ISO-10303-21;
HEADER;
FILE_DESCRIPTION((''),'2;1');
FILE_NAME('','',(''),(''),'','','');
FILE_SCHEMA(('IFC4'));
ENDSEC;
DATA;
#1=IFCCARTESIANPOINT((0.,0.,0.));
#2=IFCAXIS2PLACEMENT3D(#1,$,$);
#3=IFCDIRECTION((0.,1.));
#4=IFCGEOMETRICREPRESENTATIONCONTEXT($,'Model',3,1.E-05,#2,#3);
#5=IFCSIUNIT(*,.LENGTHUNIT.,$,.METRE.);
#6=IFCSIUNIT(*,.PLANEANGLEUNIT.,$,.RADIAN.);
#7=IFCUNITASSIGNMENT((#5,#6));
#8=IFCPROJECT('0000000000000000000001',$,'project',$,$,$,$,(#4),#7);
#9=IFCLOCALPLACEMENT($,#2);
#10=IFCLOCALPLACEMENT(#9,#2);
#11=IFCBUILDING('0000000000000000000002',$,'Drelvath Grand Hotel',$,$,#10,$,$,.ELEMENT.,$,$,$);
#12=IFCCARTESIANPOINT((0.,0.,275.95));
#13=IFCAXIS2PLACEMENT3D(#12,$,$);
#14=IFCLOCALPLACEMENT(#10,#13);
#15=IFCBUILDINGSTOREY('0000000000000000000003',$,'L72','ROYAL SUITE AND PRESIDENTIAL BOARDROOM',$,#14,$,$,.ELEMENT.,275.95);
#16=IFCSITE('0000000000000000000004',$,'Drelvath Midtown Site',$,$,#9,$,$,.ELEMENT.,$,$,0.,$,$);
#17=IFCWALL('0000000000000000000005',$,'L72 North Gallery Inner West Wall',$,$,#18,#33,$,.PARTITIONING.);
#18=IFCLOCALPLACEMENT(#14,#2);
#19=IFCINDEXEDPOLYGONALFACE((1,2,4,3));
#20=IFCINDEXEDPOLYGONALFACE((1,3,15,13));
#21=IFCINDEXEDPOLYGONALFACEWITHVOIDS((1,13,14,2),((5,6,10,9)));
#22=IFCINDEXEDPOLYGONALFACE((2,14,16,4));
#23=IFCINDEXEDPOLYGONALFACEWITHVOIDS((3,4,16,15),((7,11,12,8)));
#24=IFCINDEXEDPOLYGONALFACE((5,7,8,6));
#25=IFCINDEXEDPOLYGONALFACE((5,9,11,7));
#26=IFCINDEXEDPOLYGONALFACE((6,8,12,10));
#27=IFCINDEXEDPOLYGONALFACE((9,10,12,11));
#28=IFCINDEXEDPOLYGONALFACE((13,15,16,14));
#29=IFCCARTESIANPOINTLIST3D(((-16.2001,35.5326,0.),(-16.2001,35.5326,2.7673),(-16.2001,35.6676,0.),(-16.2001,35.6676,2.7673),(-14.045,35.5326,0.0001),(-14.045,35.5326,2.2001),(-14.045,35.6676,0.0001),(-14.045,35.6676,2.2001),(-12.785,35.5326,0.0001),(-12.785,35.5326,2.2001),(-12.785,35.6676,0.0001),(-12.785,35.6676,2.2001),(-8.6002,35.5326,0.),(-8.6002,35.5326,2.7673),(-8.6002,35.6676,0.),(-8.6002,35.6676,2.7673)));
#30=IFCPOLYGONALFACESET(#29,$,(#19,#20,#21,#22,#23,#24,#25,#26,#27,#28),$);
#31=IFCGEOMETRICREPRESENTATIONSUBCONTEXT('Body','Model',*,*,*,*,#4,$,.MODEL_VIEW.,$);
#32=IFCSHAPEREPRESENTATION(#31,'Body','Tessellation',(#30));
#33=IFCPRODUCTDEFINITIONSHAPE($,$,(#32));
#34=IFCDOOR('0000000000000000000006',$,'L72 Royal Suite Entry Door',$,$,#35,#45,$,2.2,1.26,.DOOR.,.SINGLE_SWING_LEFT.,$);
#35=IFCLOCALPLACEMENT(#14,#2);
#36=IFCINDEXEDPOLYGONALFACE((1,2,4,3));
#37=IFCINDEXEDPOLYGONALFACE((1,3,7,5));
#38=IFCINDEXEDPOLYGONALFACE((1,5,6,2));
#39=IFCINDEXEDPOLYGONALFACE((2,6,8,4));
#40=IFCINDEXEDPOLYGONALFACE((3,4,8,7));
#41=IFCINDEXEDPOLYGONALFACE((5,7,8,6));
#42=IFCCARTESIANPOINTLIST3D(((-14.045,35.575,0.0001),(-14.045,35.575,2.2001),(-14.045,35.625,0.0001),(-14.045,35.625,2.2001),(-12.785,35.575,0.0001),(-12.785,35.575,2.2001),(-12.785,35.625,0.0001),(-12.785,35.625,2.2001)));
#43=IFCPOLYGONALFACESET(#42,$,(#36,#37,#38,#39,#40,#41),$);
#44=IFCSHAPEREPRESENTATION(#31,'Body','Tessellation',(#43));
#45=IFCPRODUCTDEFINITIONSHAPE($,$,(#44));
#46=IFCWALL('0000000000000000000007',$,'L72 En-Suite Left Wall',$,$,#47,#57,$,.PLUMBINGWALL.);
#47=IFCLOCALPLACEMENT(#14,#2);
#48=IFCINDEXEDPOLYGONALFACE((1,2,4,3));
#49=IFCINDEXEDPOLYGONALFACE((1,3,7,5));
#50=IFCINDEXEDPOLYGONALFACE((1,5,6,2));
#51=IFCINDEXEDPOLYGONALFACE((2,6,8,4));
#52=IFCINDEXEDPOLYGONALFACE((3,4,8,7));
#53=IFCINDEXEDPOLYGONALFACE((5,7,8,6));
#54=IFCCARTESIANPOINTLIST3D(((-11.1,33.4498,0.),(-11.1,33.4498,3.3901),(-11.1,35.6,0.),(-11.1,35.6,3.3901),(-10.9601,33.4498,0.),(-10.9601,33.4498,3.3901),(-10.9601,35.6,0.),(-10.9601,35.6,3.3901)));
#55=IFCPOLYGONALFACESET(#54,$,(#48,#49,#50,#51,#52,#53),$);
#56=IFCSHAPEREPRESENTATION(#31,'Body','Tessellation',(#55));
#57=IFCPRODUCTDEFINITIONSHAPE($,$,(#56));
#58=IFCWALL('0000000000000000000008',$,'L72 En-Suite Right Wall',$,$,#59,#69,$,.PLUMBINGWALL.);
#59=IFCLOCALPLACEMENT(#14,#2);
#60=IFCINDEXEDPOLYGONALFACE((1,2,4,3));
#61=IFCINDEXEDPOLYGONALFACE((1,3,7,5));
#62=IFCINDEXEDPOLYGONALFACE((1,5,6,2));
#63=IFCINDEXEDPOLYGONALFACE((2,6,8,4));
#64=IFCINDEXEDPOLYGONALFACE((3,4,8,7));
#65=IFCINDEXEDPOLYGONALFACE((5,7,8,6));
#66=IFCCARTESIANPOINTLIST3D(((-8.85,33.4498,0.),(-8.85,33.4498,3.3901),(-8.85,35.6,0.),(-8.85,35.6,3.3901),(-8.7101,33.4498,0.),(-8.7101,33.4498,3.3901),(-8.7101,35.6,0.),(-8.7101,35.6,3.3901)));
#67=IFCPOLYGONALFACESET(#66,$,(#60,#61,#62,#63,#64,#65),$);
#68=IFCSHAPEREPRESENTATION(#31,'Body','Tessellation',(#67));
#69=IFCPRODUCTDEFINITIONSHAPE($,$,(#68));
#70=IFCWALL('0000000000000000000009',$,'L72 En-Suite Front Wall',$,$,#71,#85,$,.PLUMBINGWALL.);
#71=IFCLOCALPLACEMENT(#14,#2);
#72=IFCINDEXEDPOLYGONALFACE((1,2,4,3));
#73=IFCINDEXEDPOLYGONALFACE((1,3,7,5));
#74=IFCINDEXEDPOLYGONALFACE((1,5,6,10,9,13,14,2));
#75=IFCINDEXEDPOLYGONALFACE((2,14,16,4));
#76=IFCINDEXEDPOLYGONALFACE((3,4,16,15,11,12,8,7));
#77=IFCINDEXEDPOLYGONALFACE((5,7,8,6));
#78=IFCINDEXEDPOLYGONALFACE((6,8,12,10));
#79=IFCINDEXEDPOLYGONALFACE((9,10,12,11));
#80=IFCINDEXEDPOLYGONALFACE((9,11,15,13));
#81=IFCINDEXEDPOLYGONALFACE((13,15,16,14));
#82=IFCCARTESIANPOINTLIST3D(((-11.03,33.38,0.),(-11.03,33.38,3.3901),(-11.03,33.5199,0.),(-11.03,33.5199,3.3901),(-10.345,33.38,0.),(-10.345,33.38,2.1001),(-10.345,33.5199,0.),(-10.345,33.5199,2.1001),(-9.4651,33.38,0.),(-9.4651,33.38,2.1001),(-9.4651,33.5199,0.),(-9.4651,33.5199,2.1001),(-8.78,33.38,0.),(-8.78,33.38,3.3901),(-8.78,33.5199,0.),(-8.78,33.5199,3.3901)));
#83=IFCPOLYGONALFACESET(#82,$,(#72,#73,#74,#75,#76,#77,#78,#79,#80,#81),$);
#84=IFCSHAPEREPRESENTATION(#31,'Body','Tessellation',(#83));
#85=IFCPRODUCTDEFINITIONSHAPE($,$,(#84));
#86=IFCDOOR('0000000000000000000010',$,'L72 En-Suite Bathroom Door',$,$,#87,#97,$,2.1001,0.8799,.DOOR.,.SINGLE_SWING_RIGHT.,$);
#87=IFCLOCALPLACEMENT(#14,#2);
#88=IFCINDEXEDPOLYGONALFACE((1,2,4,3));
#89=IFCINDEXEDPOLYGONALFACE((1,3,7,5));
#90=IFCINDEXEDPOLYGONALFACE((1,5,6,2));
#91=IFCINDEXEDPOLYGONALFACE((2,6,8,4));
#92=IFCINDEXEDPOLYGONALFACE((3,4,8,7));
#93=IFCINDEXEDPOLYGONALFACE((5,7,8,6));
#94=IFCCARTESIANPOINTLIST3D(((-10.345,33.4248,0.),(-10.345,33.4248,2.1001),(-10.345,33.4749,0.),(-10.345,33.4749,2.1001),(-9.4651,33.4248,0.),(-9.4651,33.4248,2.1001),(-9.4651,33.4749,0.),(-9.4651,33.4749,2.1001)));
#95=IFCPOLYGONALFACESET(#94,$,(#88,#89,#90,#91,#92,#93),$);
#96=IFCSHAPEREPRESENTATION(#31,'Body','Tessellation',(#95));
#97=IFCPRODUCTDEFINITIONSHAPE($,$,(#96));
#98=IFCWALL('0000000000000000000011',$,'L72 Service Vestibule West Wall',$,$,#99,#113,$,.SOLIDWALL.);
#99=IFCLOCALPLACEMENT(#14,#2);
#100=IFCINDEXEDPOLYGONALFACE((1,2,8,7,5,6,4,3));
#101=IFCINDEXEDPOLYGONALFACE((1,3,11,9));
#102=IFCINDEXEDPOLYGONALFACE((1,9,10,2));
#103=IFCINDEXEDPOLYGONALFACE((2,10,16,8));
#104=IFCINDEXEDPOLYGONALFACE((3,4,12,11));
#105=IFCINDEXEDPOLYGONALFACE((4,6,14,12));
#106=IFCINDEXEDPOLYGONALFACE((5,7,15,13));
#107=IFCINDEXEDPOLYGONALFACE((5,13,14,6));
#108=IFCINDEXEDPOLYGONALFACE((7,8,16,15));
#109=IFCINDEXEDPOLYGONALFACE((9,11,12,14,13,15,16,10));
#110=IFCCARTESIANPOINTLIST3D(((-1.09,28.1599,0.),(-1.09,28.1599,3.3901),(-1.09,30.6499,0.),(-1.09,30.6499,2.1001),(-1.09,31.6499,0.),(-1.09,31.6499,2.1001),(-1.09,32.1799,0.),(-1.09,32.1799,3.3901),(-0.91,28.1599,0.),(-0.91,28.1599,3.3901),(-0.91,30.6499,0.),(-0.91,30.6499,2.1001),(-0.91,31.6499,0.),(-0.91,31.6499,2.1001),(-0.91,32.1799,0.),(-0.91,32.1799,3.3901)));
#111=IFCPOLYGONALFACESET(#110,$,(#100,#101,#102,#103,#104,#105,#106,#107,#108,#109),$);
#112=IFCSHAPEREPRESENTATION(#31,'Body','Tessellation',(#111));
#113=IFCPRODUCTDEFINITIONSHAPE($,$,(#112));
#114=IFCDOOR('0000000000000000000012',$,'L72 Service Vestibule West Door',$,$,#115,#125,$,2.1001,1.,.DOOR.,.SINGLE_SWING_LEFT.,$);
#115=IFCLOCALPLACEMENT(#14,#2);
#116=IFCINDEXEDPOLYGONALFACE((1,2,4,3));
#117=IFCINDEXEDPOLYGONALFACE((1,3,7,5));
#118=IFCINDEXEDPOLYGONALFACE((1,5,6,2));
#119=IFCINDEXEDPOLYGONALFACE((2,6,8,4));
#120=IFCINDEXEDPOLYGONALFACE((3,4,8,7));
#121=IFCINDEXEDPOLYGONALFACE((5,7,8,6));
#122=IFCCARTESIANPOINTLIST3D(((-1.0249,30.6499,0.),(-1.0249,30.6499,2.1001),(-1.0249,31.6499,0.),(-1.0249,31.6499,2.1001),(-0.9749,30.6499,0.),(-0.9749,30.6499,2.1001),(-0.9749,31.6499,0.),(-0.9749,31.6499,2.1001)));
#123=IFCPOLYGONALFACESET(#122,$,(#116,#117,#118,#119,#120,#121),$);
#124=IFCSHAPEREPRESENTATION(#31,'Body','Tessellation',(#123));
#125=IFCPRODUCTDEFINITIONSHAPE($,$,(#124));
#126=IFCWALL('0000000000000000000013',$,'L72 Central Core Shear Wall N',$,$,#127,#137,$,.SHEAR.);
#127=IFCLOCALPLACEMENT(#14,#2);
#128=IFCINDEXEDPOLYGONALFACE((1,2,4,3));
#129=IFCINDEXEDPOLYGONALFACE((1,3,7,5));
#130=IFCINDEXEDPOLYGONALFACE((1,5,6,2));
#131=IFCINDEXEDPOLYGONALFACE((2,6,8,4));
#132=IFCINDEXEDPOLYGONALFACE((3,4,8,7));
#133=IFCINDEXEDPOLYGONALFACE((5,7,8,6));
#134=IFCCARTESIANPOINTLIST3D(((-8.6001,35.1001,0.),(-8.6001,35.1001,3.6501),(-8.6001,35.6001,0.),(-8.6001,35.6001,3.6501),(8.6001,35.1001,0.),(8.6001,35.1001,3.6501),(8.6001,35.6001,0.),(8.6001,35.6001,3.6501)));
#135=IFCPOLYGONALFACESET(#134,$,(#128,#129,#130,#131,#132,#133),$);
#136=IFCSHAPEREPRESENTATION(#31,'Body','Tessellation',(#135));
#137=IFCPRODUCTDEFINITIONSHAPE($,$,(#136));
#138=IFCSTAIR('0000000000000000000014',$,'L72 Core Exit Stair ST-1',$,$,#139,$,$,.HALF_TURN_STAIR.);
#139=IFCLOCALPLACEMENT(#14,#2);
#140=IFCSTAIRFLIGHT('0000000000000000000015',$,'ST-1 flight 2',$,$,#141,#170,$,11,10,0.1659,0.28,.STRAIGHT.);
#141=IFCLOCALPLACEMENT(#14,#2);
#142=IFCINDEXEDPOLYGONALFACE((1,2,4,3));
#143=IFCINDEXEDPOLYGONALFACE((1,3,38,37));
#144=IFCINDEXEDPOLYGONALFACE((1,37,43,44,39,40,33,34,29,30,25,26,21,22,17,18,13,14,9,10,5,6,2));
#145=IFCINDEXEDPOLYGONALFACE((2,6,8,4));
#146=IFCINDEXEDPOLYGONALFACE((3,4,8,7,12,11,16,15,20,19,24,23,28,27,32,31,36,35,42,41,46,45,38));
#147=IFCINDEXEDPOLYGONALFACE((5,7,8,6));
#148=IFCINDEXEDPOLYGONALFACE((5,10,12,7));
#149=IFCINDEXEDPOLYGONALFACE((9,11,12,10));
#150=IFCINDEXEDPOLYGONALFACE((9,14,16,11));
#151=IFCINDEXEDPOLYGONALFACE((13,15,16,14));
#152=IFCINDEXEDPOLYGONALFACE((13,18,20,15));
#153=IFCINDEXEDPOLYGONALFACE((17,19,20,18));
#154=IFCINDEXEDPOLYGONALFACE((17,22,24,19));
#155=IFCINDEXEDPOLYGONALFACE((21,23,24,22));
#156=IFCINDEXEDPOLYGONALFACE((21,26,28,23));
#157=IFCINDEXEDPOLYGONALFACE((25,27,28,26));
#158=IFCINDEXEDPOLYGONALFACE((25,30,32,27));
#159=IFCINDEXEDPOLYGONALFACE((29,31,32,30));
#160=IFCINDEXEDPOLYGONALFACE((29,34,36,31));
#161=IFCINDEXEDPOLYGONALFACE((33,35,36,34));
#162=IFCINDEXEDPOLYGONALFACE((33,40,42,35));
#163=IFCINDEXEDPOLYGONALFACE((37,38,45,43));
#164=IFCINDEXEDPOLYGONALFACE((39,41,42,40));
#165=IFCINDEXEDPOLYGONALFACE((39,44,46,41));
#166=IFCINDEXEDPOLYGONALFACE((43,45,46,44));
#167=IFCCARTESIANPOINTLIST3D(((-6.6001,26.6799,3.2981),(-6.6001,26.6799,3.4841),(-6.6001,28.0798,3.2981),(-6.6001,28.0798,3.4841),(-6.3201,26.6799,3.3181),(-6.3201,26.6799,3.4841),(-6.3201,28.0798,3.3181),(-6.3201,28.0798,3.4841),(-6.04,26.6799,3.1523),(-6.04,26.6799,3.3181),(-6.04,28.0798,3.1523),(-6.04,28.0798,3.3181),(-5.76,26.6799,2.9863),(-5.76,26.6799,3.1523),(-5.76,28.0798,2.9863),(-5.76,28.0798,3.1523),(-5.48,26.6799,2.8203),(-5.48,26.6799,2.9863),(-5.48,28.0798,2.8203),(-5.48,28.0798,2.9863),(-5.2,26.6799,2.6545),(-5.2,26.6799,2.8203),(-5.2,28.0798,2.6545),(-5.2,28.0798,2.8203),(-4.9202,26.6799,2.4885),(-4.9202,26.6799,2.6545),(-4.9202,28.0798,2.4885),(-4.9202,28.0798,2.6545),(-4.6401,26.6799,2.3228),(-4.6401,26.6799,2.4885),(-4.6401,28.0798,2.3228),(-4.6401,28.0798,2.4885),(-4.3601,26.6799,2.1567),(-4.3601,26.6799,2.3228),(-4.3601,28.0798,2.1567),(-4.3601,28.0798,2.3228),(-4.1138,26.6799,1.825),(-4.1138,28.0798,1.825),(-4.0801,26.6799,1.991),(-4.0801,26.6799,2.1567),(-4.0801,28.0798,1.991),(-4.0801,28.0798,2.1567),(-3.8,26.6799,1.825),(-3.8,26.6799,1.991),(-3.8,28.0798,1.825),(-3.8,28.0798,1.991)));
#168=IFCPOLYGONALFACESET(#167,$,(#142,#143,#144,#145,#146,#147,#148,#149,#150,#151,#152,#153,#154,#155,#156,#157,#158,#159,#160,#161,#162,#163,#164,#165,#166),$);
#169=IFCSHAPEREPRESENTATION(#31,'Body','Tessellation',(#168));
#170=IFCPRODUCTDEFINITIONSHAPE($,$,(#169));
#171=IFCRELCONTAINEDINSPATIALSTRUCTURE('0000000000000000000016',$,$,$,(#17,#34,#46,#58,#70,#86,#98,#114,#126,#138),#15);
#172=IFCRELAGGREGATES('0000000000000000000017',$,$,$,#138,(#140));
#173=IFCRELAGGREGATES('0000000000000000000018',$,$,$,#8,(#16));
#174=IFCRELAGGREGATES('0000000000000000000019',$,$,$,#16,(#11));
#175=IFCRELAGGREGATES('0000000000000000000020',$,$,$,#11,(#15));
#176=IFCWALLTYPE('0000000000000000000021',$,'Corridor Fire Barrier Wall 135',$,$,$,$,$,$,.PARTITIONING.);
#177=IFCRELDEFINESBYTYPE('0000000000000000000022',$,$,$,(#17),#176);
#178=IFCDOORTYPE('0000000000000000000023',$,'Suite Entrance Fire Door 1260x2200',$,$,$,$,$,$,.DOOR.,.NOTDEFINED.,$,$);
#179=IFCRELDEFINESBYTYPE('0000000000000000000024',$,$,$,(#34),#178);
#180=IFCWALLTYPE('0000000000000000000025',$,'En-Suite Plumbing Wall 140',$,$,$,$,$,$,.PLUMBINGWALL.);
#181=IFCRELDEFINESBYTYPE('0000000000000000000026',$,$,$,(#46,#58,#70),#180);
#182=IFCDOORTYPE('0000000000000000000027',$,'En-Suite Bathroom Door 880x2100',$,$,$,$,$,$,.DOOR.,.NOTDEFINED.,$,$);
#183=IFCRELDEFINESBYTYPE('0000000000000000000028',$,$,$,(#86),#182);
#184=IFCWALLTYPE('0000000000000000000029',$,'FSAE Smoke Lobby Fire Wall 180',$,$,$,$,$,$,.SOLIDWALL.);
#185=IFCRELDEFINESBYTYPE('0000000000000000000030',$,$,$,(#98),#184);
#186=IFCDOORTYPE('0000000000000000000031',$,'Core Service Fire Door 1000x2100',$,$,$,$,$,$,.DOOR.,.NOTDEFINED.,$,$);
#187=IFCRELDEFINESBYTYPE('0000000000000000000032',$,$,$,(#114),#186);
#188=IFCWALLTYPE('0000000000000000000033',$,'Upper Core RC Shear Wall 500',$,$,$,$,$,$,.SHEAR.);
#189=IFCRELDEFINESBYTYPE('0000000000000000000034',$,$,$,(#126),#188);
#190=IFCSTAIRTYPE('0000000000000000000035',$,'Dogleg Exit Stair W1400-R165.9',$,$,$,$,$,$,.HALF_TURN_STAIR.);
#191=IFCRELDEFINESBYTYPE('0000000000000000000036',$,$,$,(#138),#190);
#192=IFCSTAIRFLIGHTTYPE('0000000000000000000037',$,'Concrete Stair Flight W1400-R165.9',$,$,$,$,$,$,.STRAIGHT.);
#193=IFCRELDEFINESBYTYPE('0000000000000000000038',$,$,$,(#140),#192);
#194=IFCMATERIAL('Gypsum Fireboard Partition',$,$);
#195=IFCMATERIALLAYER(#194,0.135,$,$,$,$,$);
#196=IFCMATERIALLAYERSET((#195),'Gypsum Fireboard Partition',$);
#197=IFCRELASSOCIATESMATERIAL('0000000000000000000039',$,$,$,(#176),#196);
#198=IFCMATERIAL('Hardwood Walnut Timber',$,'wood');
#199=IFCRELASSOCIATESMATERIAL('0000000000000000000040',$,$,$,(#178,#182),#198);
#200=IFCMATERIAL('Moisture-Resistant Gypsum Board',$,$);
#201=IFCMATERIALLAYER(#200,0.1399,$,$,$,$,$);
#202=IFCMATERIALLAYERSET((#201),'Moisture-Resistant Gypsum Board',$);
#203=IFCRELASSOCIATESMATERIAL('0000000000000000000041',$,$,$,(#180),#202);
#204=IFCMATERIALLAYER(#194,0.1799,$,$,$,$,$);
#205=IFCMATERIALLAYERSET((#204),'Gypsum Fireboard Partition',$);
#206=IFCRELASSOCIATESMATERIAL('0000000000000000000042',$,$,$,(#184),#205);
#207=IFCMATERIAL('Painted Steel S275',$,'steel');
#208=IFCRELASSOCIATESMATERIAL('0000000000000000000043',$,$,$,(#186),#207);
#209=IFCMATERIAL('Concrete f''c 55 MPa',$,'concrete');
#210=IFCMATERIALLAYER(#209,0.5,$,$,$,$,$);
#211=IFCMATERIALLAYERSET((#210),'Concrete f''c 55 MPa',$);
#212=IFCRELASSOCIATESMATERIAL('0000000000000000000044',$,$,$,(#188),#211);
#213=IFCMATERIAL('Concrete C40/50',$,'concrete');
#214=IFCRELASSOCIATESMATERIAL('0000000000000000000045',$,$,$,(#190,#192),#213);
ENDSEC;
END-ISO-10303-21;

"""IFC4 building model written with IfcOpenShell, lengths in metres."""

from ifc_helpers import new_model, si_unit, direction, frame, frame_2d, origin, place, context, subcontext, project, spatial, polyline, rectangle, outline, extrude, material, layer, layer_set, type_object, element, fill, aggregate, save


model = new_model("IFC4")

# Units and contexts
model_context = context("Model", 3, precision=1e-05, world=origin(), true_north=direction((0.0, 1.0)))
body_context = subcontext(model_context, "Body", "Model", "MODEL_VIEW")
ifc_project = project(units=[si_unit("LENGTHUNIT", "METRE"), si_unit("PLANEANGLEUNIT", "RADIAN")], contexts=[model_context])

# Site, building, storey
site_placement = place(None, origin())
site = spatial("IfcSite", under=ifc_project, at=site_placement, Name="Drelvath Midtown Site", CompositionType="ELEMENT", RefElevation=0.0)
building_placement = place(site_placement, origin())
building = spatial("IfcBuilding", under=site, at=building_placement, Name="Drelvath Grand Hotel", CompositionType="ELEMENT")
storey_placement = place(building_placement, frame((0.0, 0.0, 275.95)))
storey = spatial("IfcBuildingStorey", under=building, at=storey_placement, Name="L72", Description="ROYAL SUITE AND PRESIDENTIAL BOARDROOM", CompositionType="ELEMENT", Elevation=275.95)

# Shared definitions
ifc_material_1 = material(Name="Concrete f'c 55 MPa", Category="concrete")

# Shared definitions
ifc_material_2 = material(Name="Painted Steel S275", Category="steel")

# Shared definitions
ifc_material_3 = material(Name="Concrete C40/50", Category="concrete")

# Shared definitions
ifc_material_4 = material(Name="Gypsum Fireboard Partition")

# Wall, opening, door
ifc_layer_1 = layer(ifc_material_4, 0.135)
ifc_layer_set_1 = layer_set([ifc_layer_1], Name="Gypsum Fireboard Partition")
wall_type_1 = type_object("IfcWallType", Name="Corridor Fire Barrier Wall 135", PredefinedType="PARTITIONING", material=ifc_layer_set_1)
wall_1_placement = place(storey_placement, frame((-16.2, 35.6001, 0.0), z_axis=(0.0, 0.0, 1.0), x_axis=(1.0, 0.0, 0.0)))
wall_1 = element("IfcWall", 1, at=wall_1_placement, inside=storey, type_object=wall_type_1, Name="L72 North Gallery Inner West Wall", PredefinedType="PARTITIONING", context=body_context, shape_type="SweptSolid", body=[
    extrude(rectangle(XDim=7.5999, YDim=0.135, at=frame_2d((3.7998, 0.0))), origin(), (0.0, 0.0, 1.0), 2.7673),
])
opening_1_placement = place(wall_1_placement, frame((2.155, 0.0, 0.0)))
opening_1 = element("IfcOpeningElement", 2, at=opening_1_placement, cuts=wall_1, PredefinedType="OPENING", context=body_context, shape_type="SweptSolid", body=[
    extrude(rectangle(XDim=1.26, YDim=2.2, at=frame_2d((0.6299, 1.1001))), frame((0.0, 0.0774, 0.0), z_axis=(0.0, -1.0, 0.0), x_axis=(1.0, 0.0, 0.0)), (0.0, 0.0, 1.0), 0.155),
])
ifc_material_5 = material(Name="Hardwood Walnut Timber", Category="wood")
door_type_1 = type_object("IfcDoorType", Name="Suite Entrance Fire Door 1260x2200", OperationType="NOTDEFINED", PredefinedType="DOOR", material=ifc_material_5)
door_1_placement = place(opening_1_placement, origin())
door_1 = element("IfcDoor", 3, at=door_1_placement, inside=storey, type_object=door_type_1, Name="L72 Royal Suite Entry Door", OperationType="SINGLE_SWING_LEFT", OverallHeight=2.2, OverallWidth=1.26, PredefinedType="DOOR", context=body_context, shape_type="SweptSolid", body=[
    extrude(rectangle(XDim=1.26, YDim=2.2, at=frame_2d((0.6299, 1.1001))), frame((0.0, 0.0249, 0.0), z_axis=(0.0, -1.0, 0.0), x_axis=(1.0, 0.0, 0.0)), (0.0, 0.0, 1.0), 0.05),
])
fill(opening_1, door_1)

# Walls
ifc_material_6 = material(Name="Moisture-Resistant Gypsum Board")
ifc_layer_2 = layer(ifc_material_6, 0.1399)
ifc_layer_set_2 = layer_set([ifc_layer_2], Name="Moisture-Resistant Gypsum Board")
wall_type_2 = type_object("IfcWallType", Name="En-Suite Plumbing Wall 140", PredefinedType="PLUMBINGWALL", material=ifc_layer_set_2)
for number, where, z_axis, x_axis, name in (
    (4, (-11.03, 35.6001, 0.0), (0.0, 0.0, 1.0), (0.0, -1.0, 0.0), "L72 En-Suite Left Wall"),
    (5, (-8.78, 35.6001, 0.0), (0.0, 0.0, 1.0), (0.0, -1.0, 0.0), "L72 En-Suite Right Wall"),
):
    element("IfcWall", number, at=place(storey_placement, frame(where, z_axis=z_axis, x_axis=x_axis)), inside=storey, type_object=wall_type_2, Name=name, PredefinedType="PLUMBINGWALL", context=body_context, shape_type="SweptSolid", body=[
        extrude(rectangle(XDim=2.1501, YDim=0.1399, at=frame_2d((1.0752, 0.0))), origin(), (0.0, 0.0, 1.0), 3.3901),
    ])

# Walls, openings, doors
wall_2_placement = place(storey_placement, frame((-11.03, 33.45, 0.0), z_axis=(0.0, 0.0, 1.0), x_axis=(1.0, 0.0, 0.0)))
wall_2 = element("IfcWall", 6, at=wall_2_placement, inside=storey, type_object=wall_type_2, Name="L72 En-Suite Front Wall", PredefinedType="PLUMBINGWALL", context=body_context, shape_type="SweptSolid", body=[
    extrude(rectangle(XDim=2.25, YDim=0.1399, at=frame_2d((1.125, 0.0))), origin(), (0.0, 0.0, 1.0), 3.3901),
])
opening_2_placement = place(wall_2_placement, frame((0.6851, 0.0, 0.0)))
opening_2 = element("IfcOpeningElement", 7, at=opening_2_placement, cuts=wall_2, PredefinedType="OPENING", context=body_context, shape_type="SweptSolid", body=[
    extrude(rectangle(XDim=0.8799, YDim=2.1001, at=frame_2d((0.4399, 1.05))), frame((0.0, 0.0798, 0.0), z_axis=(0.0, -1.0, 0.0), x_axis=(1.0, 0.0, 0.0)), (0.0, 0.0, 1.0), 0.1599),
])
door_type_2 = type_object("IfcDoorType", Name="En-Suite Bathroom Door 880x2100", OperationType="NOTDEFINED", PredefinedType="DOOR", material=ifc_material_5)
door_2_placement = place(opening_2_placement, origin())
door_2 = element("IfcDoor", 8, at=door_2_placement, inside=storey, type_object=door_type_2, Name="L72 En-Suite Bathroom Door", OperationType="SINGLE_SWING_RIGHT", OverallHeight=2.1001, OverallWidth=0.8799, PredefinedType="DOOR", context=body_context, shape_type="SweptSolid", body=[
    extrude(rectangle(XDim=0.8799, YDim=2.1001, at=frame_2d((0.4399, 1.05))), frame((0.0, 0.0249, 0.0), z_axis=(0.0, -1.0, 0.0), x_axis=(1.0, 0.0, 0.0)), (0.0, 0.0, 1.0), 0.05),
])
fill(opening_2, door_2)
ifc_layer_3 = layer(ifc_material_4, 0.1799)
ifc_layer_set_3 = layer_set([ifc_layer_3], Name="Gypsum Fireboard Partition")
wall_type_3 = type_object("IfcWallType", Name="FSAE Smoke Lobby Fire Wall 180", PredefinedType="SOLIDWALL", material=ifc_layer_set_3)
wall_3_placement = place(storey_placement, frame((-1.0, 28.1599, 0.0), z_axis=(0.0, 0.0, 1.0), x_axis=(0.0, 1.0, 0.0)))
wall_3 = element("IfcWall", 9, at=wall_3_placement, inside=storey, type_object=wall_type_3, Name="L72 Service Vestibule West Wall", PredefinedType="SOLIDWALL", context=body_context, shape_type="SweptSolid", body=[
    extrude(rectangle(XDim=4.02, YDim=0.1799, at=frame_2d((2.01, 0.0))), origin(), (0.0, 0.0, 1.0), 3.3901),
])
opening_3_placement = place(wall_3_placement, frame((2.49, 0.0, 0.0)))
opening_3 = element("IfcOpeningElement", 10, at=opening_3_placement, cuts=wall_3, PredefinedType="OPENING", context=body_context, shape_type="SweptSolid", body=[
    extrude(rectangle(XDim=1.0, YDim=2.1001, at=frame_2d((0.5, 1.05))), frame((0.0, 0.0999, 0.0), z_axis=(0.0, -1.0, 0.0), x_axis=(1.0, 0.0, 0.0)), (0.0, 0.0, 1.0), 0.2),
])
door_type_3 = type_object("IfcDoorType", Name="Core Service Fire Door 1000x2100", OperationType="NOTDEFINED", PredefinedType="DOOR", material=ifc_material_2)
door_3_placement = place(opening_3_placement, origin())
door_3 = element("IfcDoor", 11, at=door_3_placement, inside=storey, type_object=door_type_3, Name="L72 Service Vestibule West Door", OperationType="SINGLE_SWING_LEFT", OverallHeight=2.1001, OverallWidth=1.0, PredefinedType="DOOR", context=body_context, shape_type="SweptSolid", body=[
    extrude(rectangle(XDim=1.0, YDim=2.1001, at=frame_2d((0.5, 1.05))), frame((0.0, 0.0249, 0.0), z_axis=(0.0, -1.0, 0.0), x_axis=(1.0, 0.0, 0.0)), (0.0, 0.0, 1.0), 0.05),
])
fill(opening_3, door_3)

# Wall
ifc_layer_4 = layer(ifc_material_1, 0.5)
ifc_layer_set_4 = layer_set([ifc_layer_4], Name="Concrete f'c 55 MPa")
wall_type_4 = type_object("IfcWallType", Name="Upper Core RC Shear Wall 500", PredefinedType="SHEAR", material=ifc_layer_set_4)
wall_4_placement = place(storey_placement, frame((-8.6001, 35.3501, 0.0), z_axis=(0.0, 0.0, 1.0), x_axis=(1.0, 0.0, 0.0)))
element("IfcWall", 12, at=wall_4_placement, inside=storey, type_object=wall_type_4, Name="L72 Central Core Shear Wall N", PredefinedType="SHEAR", context=body_context, shape_type="SweptSolid", body=[
    extrude(rectangle(XDim=17.2002, YDim=0.5, at=frame_2d((8.6001, 0.0))), origin(), (0.0, 0.0, 1.0), 3.6501),
])

# Stair, stair flight
stair_type = type_object("IfcStairType", Name="Dogleg Exit Stair W1400-R165.9", PredefinedType="HALF_TURN_STAIR", material=ifc_material_3)
stair_placement = place(storey_placement, origin())
stair = element("IfcStair", 13, at=stair_placement, inside=storey, type_object=stair_type, Name="L72 Core Exit Stair ST-1", PredefinedType="HALF_TURN_STAIR")
stair_flight_type = type_object("IfcStairFlightType", Name="Concrete Stair Flight W1400-R165.9", PredefinedType="STRAIGHT", material=ifc_material_3)
stair_flight_placement = place(storey_placement, frame((-3.8, 27.3799, 1.825), z_axis=(0.0, 0.0, 1.0), x_axis=(-1.0, 0.0, 0.0)))
stair_flight = element("IfcStairFlight", 14, at=stair_flight_placement, type_object=stair_flight_type, Name="ST-1 flight 2", NumberOfRisers=11, NumberOfTreads=10, PredefinedType="STRAIGHT", RiserHeight=0.1659, TreadLength=0.28, context=body_context, shape_type="SweptSolid", body=[
    extrude(outline(polyline([(0.0, 0.0), (0.0, 0.166), (0.28, 0.166), (0.28, 0.3318), (0.5601, 0.3318), (0.5601, 0.4978), (0.8401, 0.4978), (0.8401, 0.6636), (1.1201, 0.6636), (1.1201, 0.8296), (1.3999, 0.8296), (1.3999, 0.9954), (1.6799, 0.9954), (1.6799, 1.1614), (1.96, 1.1614), (1.96, 1.3274), (2.24, 1.3274), (2.24, 1.4932), (2.52, 1.4932), (2.52, 1.6592), (2.8, 1.6592), (2.8, 1.825), (2.8, 1.4731), (0.3137, 0.0), (0.0, 0.0)])), frame((0.0, 0.7, 0.0), z_axis=(0.0, -1.0, 0.0), x_axis=(1.0, 0.0, 0.0)), (0.0, 0.0, 1.0), 1.3999),
])
aggregate(stair, [stair_flight])

save(model, "model.ifc")
